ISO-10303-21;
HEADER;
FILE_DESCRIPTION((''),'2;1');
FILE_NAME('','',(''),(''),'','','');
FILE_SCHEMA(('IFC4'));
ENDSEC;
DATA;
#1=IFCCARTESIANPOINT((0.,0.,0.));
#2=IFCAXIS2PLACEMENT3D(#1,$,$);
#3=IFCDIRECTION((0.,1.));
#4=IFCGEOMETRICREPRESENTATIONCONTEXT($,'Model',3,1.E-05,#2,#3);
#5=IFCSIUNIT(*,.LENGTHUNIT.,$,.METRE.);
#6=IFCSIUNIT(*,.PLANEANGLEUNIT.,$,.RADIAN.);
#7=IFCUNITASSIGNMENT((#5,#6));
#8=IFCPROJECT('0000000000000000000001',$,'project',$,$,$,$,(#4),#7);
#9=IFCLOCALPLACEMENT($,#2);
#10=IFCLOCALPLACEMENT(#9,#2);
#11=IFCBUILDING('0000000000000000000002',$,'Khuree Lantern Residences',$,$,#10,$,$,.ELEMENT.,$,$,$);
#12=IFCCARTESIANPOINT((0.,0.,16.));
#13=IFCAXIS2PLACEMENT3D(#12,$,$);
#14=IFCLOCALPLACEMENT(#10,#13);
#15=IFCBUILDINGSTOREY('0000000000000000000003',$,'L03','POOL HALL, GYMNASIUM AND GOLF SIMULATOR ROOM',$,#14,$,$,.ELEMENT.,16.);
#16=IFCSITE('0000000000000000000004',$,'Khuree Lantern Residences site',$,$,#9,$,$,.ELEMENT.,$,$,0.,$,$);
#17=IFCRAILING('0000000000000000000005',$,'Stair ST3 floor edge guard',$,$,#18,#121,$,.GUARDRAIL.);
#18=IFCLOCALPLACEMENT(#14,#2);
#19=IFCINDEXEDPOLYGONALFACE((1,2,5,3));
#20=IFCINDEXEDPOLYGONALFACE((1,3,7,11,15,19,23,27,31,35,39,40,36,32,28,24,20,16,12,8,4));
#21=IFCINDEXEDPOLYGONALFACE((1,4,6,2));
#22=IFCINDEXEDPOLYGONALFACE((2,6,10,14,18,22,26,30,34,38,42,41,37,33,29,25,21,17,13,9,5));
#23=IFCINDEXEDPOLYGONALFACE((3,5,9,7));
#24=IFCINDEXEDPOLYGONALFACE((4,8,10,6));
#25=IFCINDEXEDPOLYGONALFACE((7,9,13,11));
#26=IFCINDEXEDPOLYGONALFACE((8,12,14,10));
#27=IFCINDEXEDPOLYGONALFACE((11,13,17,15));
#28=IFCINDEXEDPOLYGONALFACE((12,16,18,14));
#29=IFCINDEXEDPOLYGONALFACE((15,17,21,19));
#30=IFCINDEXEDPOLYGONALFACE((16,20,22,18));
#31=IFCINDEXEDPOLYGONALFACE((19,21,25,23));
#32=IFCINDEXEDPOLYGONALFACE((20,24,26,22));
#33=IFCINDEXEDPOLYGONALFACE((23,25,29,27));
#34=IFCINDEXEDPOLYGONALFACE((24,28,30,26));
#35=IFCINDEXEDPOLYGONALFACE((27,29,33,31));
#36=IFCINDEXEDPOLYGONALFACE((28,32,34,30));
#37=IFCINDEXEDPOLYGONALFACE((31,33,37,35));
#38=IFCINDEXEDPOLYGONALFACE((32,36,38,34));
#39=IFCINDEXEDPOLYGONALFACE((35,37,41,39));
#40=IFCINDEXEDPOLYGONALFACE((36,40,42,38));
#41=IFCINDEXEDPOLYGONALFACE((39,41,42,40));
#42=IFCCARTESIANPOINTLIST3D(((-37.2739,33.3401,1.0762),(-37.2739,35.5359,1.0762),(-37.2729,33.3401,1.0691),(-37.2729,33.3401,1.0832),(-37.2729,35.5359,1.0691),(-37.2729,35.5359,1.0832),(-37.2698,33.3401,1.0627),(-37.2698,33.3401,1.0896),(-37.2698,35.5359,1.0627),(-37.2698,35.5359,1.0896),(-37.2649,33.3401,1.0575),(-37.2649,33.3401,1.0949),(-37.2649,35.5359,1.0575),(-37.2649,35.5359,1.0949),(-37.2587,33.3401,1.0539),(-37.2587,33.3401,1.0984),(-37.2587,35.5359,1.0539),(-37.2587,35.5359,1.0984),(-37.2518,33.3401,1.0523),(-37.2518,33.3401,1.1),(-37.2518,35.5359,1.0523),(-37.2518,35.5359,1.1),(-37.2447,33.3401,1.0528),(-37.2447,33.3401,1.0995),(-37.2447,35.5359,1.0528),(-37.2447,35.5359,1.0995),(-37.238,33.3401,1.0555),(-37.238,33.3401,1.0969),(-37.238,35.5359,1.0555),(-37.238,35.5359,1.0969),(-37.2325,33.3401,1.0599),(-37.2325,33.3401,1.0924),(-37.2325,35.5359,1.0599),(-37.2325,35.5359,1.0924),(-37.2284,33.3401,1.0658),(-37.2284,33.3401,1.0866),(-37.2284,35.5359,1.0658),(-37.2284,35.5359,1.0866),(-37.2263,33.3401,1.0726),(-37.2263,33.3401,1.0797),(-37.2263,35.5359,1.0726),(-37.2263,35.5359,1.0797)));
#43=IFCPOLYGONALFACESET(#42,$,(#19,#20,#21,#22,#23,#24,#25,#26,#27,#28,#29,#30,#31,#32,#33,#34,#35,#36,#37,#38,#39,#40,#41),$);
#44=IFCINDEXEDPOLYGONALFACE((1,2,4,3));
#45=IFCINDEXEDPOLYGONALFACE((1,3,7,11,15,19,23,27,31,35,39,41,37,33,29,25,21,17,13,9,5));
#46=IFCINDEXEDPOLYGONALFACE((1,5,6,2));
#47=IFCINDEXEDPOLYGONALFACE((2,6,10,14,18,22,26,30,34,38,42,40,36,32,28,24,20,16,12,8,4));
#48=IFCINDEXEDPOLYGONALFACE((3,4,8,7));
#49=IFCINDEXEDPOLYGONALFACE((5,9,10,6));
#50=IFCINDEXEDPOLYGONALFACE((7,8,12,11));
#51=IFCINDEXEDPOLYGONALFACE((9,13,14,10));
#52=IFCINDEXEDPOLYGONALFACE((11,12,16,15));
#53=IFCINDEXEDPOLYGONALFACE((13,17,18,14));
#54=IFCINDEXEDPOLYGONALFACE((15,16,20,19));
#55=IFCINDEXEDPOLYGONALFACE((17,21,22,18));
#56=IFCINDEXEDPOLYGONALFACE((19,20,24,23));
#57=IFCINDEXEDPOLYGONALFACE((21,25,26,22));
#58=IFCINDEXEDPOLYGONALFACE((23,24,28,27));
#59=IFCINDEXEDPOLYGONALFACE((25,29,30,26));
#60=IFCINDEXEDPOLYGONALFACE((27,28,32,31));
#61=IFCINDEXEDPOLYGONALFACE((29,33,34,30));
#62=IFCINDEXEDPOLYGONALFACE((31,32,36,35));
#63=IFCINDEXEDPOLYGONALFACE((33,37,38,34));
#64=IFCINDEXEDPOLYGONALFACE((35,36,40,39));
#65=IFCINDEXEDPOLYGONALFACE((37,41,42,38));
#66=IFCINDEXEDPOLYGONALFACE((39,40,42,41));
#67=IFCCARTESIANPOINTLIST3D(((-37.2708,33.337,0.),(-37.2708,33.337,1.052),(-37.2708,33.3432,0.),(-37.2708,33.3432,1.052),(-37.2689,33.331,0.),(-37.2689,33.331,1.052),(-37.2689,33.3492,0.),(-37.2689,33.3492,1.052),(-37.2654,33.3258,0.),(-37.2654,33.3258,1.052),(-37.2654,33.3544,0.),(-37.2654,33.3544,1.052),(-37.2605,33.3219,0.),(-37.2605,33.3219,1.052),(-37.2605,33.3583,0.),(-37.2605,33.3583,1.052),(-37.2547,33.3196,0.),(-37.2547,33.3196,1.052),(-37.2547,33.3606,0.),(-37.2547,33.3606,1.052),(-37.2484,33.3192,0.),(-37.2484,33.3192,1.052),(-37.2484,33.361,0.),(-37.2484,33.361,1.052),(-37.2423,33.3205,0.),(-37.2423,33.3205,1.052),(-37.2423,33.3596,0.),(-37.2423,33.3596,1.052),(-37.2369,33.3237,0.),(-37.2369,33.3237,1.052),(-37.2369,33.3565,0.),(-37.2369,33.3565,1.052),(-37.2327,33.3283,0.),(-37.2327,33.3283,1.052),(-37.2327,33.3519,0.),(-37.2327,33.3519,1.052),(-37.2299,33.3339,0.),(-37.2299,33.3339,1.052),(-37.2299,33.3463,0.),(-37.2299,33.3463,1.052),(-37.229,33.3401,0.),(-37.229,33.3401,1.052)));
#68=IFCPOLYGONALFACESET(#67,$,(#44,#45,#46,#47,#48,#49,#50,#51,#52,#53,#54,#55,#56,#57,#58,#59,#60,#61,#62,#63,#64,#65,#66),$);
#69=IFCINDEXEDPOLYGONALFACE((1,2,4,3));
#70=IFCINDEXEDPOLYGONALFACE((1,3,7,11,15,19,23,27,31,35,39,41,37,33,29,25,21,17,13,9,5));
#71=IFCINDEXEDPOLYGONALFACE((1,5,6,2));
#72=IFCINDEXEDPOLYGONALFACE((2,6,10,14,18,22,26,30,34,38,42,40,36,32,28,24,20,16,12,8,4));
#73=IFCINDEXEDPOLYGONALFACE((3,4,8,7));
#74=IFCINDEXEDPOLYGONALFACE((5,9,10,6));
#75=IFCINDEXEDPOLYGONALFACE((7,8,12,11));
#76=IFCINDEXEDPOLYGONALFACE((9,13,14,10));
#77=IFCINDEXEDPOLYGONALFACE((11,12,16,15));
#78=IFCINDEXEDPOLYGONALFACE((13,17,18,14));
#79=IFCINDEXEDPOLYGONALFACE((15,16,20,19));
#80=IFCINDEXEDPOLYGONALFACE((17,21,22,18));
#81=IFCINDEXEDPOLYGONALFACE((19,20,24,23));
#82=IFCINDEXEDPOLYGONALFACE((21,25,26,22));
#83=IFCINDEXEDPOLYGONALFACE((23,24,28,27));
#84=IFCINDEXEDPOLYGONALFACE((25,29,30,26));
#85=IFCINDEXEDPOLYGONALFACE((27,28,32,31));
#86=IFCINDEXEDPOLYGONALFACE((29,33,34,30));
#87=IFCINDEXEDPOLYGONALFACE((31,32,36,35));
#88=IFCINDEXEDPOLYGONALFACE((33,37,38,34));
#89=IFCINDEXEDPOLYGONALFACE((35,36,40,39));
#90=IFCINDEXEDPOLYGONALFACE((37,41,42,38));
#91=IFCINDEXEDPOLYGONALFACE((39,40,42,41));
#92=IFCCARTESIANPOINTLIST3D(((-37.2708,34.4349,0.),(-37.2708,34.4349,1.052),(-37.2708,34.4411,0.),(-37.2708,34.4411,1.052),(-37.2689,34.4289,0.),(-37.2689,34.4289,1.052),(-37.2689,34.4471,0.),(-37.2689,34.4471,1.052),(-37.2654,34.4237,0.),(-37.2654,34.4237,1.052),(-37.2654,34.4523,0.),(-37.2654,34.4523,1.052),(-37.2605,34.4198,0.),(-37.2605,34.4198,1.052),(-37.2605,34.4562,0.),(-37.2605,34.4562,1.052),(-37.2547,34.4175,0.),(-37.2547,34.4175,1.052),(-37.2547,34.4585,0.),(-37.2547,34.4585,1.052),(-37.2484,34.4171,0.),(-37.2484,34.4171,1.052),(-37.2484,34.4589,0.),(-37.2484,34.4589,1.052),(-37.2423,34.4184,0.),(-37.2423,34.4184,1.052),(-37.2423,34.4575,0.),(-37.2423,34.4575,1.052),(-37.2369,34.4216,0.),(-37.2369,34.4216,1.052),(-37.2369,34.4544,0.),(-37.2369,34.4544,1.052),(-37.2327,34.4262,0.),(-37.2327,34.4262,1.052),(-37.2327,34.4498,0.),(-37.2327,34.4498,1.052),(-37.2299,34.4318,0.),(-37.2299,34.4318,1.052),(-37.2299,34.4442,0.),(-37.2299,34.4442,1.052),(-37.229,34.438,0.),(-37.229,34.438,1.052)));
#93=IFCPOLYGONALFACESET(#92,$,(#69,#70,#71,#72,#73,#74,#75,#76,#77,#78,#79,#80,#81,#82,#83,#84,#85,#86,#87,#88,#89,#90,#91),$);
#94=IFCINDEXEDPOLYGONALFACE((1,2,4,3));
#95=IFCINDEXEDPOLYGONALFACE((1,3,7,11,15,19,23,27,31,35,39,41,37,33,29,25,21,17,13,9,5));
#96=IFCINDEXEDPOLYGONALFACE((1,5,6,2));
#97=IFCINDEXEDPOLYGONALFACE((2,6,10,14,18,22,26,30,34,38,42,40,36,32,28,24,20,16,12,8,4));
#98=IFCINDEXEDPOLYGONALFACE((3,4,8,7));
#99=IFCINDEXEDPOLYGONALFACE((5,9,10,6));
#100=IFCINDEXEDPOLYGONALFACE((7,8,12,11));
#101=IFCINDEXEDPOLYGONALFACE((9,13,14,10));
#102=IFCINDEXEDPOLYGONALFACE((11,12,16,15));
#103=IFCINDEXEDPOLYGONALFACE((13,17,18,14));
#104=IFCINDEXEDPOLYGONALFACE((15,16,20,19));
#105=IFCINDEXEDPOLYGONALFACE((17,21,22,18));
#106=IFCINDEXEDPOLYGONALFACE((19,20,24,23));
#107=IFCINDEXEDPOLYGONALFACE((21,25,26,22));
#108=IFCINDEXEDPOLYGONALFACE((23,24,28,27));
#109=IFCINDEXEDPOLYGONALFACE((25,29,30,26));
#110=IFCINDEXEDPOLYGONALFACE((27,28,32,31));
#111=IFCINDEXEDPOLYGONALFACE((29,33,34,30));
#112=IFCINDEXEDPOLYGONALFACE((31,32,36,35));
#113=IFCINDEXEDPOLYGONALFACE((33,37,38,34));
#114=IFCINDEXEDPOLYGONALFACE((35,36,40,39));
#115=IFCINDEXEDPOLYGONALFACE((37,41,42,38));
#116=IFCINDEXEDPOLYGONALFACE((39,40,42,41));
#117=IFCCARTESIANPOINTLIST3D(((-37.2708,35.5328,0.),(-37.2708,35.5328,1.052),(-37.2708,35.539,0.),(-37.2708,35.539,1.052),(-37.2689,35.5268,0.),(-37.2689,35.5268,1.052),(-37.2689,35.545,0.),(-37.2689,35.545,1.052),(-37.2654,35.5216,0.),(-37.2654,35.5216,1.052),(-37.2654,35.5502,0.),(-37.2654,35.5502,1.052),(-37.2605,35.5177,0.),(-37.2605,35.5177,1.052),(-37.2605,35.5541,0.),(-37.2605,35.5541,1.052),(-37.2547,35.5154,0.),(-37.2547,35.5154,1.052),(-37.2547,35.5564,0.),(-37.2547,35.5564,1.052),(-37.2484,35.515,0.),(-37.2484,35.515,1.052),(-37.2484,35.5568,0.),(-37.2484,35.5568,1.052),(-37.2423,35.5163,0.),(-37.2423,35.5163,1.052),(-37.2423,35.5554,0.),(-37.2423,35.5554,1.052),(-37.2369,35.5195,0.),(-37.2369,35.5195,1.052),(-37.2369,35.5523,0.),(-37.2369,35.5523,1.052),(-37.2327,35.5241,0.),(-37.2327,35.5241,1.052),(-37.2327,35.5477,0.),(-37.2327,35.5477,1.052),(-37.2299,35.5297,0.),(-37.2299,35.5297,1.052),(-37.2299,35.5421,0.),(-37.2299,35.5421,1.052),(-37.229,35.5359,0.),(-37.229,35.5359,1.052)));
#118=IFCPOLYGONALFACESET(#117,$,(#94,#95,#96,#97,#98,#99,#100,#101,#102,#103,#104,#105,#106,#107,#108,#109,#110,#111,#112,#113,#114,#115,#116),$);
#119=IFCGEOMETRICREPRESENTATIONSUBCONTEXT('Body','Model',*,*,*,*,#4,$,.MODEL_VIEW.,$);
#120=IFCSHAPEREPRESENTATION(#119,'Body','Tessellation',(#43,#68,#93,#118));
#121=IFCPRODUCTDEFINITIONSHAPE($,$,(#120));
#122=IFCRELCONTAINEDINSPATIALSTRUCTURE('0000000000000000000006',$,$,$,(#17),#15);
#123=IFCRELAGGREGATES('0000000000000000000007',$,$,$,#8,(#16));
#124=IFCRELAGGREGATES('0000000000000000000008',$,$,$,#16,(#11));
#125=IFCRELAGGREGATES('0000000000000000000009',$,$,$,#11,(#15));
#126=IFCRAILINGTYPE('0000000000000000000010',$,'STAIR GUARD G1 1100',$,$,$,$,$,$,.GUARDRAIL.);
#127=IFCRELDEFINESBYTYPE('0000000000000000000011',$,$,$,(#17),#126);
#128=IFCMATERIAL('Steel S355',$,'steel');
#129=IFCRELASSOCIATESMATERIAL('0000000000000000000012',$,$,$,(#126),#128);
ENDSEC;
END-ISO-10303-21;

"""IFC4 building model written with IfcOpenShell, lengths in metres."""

from ifc_helpers import new_model, si_unit, direction, frame, origin, origin_2d, place, context, subcontext, project, spatial, circle, extrude, material, type_object, element, save


model = new_model("IFC4")

# Units and contexts
model_context = context("Model", 3, precision=1e-05, world=origin(), true_north=direction((0.0, 1.0)))
body_context = subcontext(model_context, "Body", "Model", "MODEL_VIEW")
ifc_project = project(units=[si_unit("LENGTHUNIT", "METRE"), si_unit("PLANEANGLEUNIT", "RADIAN")], contexts=[model_context])

# Site, building, storey
site_placement = place(None, origin())
site = spatial("IfcSite", under=ifc_project, at=site_placement, Name="Khuree Lantern Residences site", CompositionType="ELEMENT", RefElevation=0.0)
building_placement = place(site_placement, origin())
building = spatial("IfcBuilding", under=site, at=building_placement, Name="Khuree Lantern Residences", CompositionType="ELEMENT")
storey_placement = place(building_placement, frame((0.0, 0.0, 16.0)))
storey = spatial("IfcBuildingStorey", under=building, at=storey_placement, Name="L03", Description="POOL HALL, GYMNASIUM AND GOLF SIMULATOR ROOM", CompositionType="ELEMENT", Elevation=16.0)

# Railing
ifc_material_1 = material(Name="Steel S355", Category="steel")
railing_type = type_object("IfcRailingType", Name="STAIR GUARD G1 1100", PredefinedType="GUARDRAIL", material=ifc_material_1)
railing_1_placement = place(storey_placement, frame((-37.25, 33.3401, 0.0)))
element("IfcRailing", 1, at=railing_1_placement, inside=storey, type_object=railing_type, Name="Stair ST3 floor edge guard", PredefinedType="GUARDRAIL", context=body_context, shape_type="SweptSolid", body=[
    extrude(circle(Radius=0.0239, at=origin_2d()), frame((0.0, 0.0, 1.0762), z_axis=(0.0, 1.0, 0.0), x_axis=(-1.0, 0.0, 0.0)), (0.0, 0.0, 1.0), 2.1958),
    extrude(circle(Radius=0.021, at=origin_2d()), origin(), (0.0, 0.0, 1.0), 1.052),
    extrude(circle(Radius=0.021, at=origin_2d()), frame((0.0, 1.0979, 0.0)), (0.0, 0.0, 1.0), 1.052),
    extrude(circle(Radius=0.021, at=origin_2d()), frame((0.0, 2.1958, 0.0)), (0.0, 0.0, 1.0), 1.052),
])

save(model, "model.ifc")
